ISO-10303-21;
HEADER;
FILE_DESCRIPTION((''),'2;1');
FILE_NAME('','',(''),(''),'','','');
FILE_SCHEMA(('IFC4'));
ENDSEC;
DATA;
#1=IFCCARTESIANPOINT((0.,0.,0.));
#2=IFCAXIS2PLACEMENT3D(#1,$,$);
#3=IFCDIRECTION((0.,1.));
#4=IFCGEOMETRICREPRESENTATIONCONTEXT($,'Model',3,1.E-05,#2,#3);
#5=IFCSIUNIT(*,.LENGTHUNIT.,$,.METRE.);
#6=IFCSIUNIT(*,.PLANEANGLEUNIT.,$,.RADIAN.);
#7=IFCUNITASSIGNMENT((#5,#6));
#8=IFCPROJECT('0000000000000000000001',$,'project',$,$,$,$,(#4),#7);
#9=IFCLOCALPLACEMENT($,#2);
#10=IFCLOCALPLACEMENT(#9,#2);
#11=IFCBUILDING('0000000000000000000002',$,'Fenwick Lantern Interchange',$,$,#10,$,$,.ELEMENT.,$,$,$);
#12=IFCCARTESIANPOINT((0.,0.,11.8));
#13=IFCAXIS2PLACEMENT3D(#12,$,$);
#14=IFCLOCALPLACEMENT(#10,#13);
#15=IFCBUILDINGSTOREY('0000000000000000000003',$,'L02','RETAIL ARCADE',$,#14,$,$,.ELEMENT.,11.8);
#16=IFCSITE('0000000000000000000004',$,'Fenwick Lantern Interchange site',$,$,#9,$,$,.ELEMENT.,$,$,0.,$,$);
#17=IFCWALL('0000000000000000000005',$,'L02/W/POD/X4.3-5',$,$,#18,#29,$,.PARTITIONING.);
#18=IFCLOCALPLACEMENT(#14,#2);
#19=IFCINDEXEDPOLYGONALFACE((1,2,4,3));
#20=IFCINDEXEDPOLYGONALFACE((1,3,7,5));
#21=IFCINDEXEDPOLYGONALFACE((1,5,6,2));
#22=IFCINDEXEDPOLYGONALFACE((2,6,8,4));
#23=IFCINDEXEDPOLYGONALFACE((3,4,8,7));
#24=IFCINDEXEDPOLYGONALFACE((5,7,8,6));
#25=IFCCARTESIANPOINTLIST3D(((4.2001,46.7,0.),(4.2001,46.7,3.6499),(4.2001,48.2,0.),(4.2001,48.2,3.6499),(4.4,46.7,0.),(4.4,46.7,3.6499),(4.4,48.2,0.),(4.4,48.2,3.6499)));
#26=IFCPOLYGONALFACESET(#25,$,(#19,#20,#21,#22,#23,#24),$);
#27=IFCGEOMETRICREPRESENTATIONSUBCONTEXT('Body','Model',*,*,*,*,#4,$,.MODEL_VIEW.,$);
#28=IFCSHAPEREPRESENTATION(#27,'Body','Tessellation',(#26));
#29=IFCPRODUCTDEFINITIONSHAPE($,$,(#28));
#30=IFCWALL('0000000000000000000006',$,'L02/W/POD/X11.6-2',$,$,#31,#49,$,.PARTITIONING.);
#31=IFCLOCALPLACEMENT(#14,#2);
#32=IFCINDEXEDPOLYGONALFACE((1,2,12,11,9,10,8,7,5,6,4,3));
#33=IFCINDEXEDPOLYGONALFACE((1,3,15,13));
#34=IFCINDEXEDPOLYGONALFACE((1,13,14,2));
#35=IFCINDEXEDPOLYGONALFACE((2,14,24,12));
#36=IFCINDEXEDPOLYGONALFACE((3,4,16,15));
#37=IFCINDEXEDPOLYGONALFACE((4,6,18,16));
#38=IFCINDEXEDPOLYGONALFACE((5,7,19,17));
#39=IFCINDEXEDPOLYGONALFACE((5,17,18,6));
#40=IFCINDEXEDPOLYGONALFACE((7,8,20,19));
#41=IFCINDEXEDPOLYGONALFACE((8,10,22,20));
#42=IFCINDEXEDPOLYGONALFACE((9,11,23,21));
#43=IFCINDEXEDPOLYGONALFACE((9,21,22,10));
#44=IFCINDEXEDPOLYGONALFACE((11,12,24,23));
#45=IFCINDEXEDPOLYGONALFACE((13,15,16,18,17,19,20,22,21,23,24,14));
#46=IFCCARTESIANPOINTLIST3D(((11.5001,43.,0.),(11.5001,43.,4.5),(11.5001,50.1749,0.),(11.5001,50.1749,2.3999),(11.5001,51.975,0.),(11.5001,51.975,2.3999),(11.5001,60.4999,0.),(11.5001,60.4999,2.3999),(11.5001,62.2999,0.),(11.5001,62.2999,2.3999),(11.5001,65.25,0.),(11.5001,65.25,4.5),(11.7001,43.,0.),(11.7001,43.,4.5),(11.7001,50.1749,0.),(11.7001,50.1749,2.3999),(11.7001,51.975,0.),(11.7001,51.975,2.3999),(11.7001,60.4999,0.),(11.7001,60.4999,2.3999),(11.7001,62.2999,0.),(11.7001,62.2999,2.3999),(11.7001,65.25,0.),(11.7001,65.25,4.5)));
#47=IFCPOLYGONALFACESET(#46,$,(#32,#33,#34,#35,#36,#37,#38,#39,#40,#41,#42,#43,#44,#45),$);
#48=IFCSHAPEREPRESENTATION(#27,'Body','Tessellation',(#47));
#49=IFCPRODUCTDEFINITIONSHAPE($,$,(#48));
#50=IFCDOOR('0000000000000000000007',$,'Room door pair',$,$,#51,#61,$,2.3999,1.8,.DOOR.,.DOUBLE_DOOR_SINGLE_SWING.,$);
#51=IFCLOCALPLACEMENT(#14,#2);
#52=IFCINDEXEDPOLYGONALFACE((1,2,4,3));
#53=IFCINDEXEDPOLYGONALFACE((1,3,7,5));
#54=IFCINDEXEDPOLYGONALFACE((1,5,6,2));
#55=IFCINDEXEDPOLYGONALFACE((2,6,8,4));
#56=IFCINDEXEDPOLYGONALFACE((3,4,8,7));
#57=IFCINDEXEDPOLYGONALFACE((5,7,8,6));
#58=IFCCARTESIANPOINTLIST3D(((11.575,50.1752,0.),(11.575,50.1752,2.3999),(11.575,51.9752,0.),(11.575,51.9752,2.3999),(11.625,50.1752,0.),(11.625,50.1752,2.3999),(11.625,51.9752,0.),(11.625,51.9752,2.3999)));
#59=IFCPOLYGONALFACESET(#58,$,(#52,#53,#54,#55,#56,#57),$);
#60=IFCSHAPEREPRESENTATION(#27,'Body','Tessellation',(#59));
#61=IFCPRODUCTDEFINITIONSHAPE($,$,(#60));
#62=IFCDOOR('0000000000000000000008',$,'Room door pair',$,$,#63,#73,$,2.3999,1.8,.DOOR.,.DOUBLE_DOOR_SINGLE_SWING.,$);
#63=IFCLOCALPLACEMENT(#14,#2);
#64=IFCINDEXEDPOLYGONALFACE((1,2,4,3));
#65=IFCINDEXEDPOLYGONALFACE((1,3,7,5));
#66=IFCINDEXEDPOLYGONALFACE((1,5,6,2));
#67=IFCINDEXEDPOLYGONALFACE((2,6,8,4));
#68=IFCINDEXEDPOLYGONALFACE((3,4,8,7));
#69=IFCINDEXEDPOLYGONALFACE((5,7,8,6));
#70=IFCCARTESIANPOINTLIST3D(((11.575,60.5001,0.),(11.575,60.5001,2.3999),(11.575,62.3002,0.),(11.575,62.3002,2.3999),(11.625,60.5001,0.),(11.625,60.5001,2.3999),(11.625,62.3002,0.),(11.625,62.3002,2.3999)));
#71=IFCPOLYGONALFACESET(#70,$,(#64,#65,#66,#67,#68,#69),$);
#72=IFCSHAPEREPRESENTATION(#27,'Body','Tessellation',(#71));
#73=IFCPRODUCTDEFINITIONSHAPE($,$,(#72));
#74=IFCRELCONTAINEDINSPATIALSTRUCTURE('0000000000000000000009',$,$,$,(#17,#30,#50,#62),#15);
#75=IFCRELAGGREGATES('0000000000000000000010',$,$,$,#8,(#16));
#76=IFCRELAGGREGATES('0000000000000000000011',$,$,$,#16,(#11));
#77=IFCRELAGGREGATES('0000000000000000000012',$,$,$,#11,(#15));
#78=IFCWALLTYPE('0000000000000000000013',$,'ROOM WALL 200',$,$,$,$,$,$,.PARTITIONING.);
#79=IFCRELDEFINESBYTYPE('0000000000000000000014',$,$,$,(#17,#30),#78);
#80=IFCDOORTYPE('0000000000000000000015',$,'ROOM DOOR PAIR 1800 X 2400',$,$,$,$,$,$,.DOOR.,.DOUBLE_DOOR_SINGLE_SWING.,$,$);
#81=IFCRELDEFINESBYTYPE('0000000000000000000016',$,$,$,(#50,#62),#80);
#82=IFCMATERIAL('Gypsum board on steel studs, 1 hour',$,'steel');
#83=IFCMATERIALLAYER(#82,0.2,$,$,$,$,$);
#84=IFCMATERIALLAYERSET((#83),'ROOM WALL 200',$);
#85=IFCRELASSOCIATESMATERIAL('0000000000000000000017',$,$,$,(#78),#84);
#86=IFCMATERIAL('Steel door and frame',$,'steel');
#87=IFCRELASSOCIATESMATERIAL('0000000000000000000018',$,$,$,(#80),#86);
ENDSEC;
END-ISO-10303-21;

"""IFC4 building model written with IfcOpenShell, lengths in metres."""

from ifc_helpers import new_model, si_unit, direction, frame, frame_2d, origin, place, context, subcontext, project, spatial, rectangle, extrude, material, layer, layer_set, type_object, element, fill, save


model = new_model("IFC4")

# Units and contexts
model_context = context("Model", 3, precision=1e-05, world=origin(), true_north=direction((0.0, 1.0)))
body_context = subcontext(model_context, "Body", "Model", "MODEL_VIEW")
ifc_project = project(units=[si_unit("LENGTHUNIT", "METRE"), si_unit("PLANEANGLEUNIT", "RADIAN")], contexts=[model_context])

# Site, building, storey
site_placement = place(None, origin())
site = spatial("IfcSite", under=ifc_project, at=site_placement, Name="Fenwick Lantern Interchange site", CompositionType="ELEMENT", RefElevation=0.0)
building_placement = place(site_placement, origin())
building = spatial("IfcBuilding", under=site, at=building_placement, Name="Fenwick Lantern Interchange", CompositionType="ELEMENT")
storey_placement = place(building_placement, frame((0.0, 0.0, 11.8)))
storey = spatial("IfcBuildingStorey", under=building, at=storey_placement, Name="L02", Description="RETAIL ARCADE", CompositionType="ELEMENT", Elevation=11.8)

# Wall
ifc_material_1 = material(Name="Gypsum board on steel studs, 1 hour", Category="steel")
ifc_layer = layer(ifc_material_1, 0.2)
ifc_layer_set = layer_set([ifc_layer], Name="ROOM WALL 200")
wall_type = type_object("IfcWallType", Name="ROOM WALL 200", PredefinedType="PARTITIONING", material=ifc_layer_set)
wall_1_placement = place(storey_placement, frame((4.3, 46.7, 0.0), z_axis=(0.0, 0.0, 1.0), x_axis=(0.0, 1.0, 0.0)))
element("IfcWall", 1, at=wall_1_placement, inside=storey, type_object=wall_type, Name="L02/W/POD/X4.3-5", PredefinedType="PARTITIONING", context=body_context, shape_type="SweptSolid", body=[
    extrude(rectangle(XDim=1.5, YDim=0.2, at=frame_2d((0.75, 0.0))), origin(), (0.0, 0.0, 1.0), 3.6499),
])

# Wall, openings, doors
wall_2_placement = place(storey_placement, frame((11.6001, 43.0, 0.0), z_axis=(0.0, 0.0, 1.0), x_axis=(0.0, 1.0, 0.0)))
wall_2 = element("IfcWall", 2, at=wall_2_placement, inside=storey, type_object=wall_type, Name="L02/W/POD/X11.6-2", PredefinedType="PARTITIONING", context=body_context, shape_type="SweptSolid", body=[
    extrude(rectangle(XDim=22.25, YDim=0.2, at=frame_2d((11.125, 0.0))), origin(), (0.0, 0.0, 1.0), 4.5),
])
opening_1_placement = place(wall_2_placement, frame((7.175, 0.0, 0.0)))
opening_1 = element("IfcOpeningElement", 3, at=opening_1_placement, cuts=wall_2, PredefinedType="OPENING", context=body_context, shape_type="SweptSolid", body=[
    extrude(rectangle(XDim=1.8, YDim=2.3999, at=frame_2d((0.8999, 1.2))), frame((0.0, 0.1099, 0.0), z_axis=(0.0, -1.0, 0.0), x_axis=(1.0, 0.0, 0.0)), (0.0, 0.0, 1.0), 0.22),
])
opening_2_placement = place(wall_2_placement, frame((17.5, 0.0, 0.0)))
opening_2 = element("IfcOpeningElement", 4, at=opening_2_placement, cuts=wall_2, PredefinedType="OPENING", context=body_context, shape_type="SweptSolid", body=[
    extrude(rectangle(XDim=1.8, YDim=2.3999, at=frame_2d((0.8999, 1.2))), frame((0.0, 0.1099, 0.0), z_axis=(0.0, -1.0, 0.0), x_axis=(1.0, 0.0, 0.0)), (0.0, 0.0, 1.0), 0.22),
])
ifc_material_2 = material(Name="Steel door and frame", Category="steel")
door_type = type_object("IfcDoorType", Name="ROOM DOOR PAIR 1800 X 2400", OperationType="DOUBLE_DOOR_SINGLE_SWING", PredefinedType="DOOR", material=ifc_material_2)
door_1_placement = place(opening_1_placement, frame((1.8, 0.0, 0.0), z_axis=(0.0, 0.0, 1.0), x_axis=(-1.0, 0.0, 0.0)))
door_1 = element("IfcDoor", 5, at=door_1_placement, inside=storey, type_object=door_type, Name="Room door pair", OperationType="DOUBLE_DOOR_SINGLE_SWING", OverallHeight=2.3999, OverallWidth=1.8, PredefinedType="DOOR", context=body_context, shape_type="SweptSolid", body=[
    extrude(rectangle(XDim=1.8, YDim=2.3999, at=frame_2d((0.8999, 1.2))), frame((0.0, 0.0249, 0.0), z_axis=(0.0, -1.0, 0.0), x_axis=(1.0, 0.0, 0.0)), (0.0, 0.0, 1.0), 0.05),
])
fill(opening_1, door_1)
door_2_placement = place(opening_2_placement, frame((1.8, 0.0, 0.0), z_axis=(0.0, 0.0, 1.0), x_axis=(-1.0, 0.0, 0.0)))
door_2 = element("IfcDoor", 6, at=door_2_placement, inside=storey, type_object=door_type, Name="Room door pair", OperationType="DOUBLE_DOOR_SINGLE_SWING", OverallHeight=2.3999, OverallWidth=1.8, PredefinedType="DOOR", context=body_context, shape_type="SweptSolid", body=[
    extrude(rectangle(XDim=1.8, YDim=2.3999, at=frame_2d((0.8999, 1.2))), frame((0.0, 0.0249, 0.0), z_axis=(0.0, -1.0, 0.0), x_axis=(1.0, 0.0, 0.0)), (0.0, 0.0, 1.0), 0.05),
])
fill(opening_2, door_2)

save(model, "model.ifc")
